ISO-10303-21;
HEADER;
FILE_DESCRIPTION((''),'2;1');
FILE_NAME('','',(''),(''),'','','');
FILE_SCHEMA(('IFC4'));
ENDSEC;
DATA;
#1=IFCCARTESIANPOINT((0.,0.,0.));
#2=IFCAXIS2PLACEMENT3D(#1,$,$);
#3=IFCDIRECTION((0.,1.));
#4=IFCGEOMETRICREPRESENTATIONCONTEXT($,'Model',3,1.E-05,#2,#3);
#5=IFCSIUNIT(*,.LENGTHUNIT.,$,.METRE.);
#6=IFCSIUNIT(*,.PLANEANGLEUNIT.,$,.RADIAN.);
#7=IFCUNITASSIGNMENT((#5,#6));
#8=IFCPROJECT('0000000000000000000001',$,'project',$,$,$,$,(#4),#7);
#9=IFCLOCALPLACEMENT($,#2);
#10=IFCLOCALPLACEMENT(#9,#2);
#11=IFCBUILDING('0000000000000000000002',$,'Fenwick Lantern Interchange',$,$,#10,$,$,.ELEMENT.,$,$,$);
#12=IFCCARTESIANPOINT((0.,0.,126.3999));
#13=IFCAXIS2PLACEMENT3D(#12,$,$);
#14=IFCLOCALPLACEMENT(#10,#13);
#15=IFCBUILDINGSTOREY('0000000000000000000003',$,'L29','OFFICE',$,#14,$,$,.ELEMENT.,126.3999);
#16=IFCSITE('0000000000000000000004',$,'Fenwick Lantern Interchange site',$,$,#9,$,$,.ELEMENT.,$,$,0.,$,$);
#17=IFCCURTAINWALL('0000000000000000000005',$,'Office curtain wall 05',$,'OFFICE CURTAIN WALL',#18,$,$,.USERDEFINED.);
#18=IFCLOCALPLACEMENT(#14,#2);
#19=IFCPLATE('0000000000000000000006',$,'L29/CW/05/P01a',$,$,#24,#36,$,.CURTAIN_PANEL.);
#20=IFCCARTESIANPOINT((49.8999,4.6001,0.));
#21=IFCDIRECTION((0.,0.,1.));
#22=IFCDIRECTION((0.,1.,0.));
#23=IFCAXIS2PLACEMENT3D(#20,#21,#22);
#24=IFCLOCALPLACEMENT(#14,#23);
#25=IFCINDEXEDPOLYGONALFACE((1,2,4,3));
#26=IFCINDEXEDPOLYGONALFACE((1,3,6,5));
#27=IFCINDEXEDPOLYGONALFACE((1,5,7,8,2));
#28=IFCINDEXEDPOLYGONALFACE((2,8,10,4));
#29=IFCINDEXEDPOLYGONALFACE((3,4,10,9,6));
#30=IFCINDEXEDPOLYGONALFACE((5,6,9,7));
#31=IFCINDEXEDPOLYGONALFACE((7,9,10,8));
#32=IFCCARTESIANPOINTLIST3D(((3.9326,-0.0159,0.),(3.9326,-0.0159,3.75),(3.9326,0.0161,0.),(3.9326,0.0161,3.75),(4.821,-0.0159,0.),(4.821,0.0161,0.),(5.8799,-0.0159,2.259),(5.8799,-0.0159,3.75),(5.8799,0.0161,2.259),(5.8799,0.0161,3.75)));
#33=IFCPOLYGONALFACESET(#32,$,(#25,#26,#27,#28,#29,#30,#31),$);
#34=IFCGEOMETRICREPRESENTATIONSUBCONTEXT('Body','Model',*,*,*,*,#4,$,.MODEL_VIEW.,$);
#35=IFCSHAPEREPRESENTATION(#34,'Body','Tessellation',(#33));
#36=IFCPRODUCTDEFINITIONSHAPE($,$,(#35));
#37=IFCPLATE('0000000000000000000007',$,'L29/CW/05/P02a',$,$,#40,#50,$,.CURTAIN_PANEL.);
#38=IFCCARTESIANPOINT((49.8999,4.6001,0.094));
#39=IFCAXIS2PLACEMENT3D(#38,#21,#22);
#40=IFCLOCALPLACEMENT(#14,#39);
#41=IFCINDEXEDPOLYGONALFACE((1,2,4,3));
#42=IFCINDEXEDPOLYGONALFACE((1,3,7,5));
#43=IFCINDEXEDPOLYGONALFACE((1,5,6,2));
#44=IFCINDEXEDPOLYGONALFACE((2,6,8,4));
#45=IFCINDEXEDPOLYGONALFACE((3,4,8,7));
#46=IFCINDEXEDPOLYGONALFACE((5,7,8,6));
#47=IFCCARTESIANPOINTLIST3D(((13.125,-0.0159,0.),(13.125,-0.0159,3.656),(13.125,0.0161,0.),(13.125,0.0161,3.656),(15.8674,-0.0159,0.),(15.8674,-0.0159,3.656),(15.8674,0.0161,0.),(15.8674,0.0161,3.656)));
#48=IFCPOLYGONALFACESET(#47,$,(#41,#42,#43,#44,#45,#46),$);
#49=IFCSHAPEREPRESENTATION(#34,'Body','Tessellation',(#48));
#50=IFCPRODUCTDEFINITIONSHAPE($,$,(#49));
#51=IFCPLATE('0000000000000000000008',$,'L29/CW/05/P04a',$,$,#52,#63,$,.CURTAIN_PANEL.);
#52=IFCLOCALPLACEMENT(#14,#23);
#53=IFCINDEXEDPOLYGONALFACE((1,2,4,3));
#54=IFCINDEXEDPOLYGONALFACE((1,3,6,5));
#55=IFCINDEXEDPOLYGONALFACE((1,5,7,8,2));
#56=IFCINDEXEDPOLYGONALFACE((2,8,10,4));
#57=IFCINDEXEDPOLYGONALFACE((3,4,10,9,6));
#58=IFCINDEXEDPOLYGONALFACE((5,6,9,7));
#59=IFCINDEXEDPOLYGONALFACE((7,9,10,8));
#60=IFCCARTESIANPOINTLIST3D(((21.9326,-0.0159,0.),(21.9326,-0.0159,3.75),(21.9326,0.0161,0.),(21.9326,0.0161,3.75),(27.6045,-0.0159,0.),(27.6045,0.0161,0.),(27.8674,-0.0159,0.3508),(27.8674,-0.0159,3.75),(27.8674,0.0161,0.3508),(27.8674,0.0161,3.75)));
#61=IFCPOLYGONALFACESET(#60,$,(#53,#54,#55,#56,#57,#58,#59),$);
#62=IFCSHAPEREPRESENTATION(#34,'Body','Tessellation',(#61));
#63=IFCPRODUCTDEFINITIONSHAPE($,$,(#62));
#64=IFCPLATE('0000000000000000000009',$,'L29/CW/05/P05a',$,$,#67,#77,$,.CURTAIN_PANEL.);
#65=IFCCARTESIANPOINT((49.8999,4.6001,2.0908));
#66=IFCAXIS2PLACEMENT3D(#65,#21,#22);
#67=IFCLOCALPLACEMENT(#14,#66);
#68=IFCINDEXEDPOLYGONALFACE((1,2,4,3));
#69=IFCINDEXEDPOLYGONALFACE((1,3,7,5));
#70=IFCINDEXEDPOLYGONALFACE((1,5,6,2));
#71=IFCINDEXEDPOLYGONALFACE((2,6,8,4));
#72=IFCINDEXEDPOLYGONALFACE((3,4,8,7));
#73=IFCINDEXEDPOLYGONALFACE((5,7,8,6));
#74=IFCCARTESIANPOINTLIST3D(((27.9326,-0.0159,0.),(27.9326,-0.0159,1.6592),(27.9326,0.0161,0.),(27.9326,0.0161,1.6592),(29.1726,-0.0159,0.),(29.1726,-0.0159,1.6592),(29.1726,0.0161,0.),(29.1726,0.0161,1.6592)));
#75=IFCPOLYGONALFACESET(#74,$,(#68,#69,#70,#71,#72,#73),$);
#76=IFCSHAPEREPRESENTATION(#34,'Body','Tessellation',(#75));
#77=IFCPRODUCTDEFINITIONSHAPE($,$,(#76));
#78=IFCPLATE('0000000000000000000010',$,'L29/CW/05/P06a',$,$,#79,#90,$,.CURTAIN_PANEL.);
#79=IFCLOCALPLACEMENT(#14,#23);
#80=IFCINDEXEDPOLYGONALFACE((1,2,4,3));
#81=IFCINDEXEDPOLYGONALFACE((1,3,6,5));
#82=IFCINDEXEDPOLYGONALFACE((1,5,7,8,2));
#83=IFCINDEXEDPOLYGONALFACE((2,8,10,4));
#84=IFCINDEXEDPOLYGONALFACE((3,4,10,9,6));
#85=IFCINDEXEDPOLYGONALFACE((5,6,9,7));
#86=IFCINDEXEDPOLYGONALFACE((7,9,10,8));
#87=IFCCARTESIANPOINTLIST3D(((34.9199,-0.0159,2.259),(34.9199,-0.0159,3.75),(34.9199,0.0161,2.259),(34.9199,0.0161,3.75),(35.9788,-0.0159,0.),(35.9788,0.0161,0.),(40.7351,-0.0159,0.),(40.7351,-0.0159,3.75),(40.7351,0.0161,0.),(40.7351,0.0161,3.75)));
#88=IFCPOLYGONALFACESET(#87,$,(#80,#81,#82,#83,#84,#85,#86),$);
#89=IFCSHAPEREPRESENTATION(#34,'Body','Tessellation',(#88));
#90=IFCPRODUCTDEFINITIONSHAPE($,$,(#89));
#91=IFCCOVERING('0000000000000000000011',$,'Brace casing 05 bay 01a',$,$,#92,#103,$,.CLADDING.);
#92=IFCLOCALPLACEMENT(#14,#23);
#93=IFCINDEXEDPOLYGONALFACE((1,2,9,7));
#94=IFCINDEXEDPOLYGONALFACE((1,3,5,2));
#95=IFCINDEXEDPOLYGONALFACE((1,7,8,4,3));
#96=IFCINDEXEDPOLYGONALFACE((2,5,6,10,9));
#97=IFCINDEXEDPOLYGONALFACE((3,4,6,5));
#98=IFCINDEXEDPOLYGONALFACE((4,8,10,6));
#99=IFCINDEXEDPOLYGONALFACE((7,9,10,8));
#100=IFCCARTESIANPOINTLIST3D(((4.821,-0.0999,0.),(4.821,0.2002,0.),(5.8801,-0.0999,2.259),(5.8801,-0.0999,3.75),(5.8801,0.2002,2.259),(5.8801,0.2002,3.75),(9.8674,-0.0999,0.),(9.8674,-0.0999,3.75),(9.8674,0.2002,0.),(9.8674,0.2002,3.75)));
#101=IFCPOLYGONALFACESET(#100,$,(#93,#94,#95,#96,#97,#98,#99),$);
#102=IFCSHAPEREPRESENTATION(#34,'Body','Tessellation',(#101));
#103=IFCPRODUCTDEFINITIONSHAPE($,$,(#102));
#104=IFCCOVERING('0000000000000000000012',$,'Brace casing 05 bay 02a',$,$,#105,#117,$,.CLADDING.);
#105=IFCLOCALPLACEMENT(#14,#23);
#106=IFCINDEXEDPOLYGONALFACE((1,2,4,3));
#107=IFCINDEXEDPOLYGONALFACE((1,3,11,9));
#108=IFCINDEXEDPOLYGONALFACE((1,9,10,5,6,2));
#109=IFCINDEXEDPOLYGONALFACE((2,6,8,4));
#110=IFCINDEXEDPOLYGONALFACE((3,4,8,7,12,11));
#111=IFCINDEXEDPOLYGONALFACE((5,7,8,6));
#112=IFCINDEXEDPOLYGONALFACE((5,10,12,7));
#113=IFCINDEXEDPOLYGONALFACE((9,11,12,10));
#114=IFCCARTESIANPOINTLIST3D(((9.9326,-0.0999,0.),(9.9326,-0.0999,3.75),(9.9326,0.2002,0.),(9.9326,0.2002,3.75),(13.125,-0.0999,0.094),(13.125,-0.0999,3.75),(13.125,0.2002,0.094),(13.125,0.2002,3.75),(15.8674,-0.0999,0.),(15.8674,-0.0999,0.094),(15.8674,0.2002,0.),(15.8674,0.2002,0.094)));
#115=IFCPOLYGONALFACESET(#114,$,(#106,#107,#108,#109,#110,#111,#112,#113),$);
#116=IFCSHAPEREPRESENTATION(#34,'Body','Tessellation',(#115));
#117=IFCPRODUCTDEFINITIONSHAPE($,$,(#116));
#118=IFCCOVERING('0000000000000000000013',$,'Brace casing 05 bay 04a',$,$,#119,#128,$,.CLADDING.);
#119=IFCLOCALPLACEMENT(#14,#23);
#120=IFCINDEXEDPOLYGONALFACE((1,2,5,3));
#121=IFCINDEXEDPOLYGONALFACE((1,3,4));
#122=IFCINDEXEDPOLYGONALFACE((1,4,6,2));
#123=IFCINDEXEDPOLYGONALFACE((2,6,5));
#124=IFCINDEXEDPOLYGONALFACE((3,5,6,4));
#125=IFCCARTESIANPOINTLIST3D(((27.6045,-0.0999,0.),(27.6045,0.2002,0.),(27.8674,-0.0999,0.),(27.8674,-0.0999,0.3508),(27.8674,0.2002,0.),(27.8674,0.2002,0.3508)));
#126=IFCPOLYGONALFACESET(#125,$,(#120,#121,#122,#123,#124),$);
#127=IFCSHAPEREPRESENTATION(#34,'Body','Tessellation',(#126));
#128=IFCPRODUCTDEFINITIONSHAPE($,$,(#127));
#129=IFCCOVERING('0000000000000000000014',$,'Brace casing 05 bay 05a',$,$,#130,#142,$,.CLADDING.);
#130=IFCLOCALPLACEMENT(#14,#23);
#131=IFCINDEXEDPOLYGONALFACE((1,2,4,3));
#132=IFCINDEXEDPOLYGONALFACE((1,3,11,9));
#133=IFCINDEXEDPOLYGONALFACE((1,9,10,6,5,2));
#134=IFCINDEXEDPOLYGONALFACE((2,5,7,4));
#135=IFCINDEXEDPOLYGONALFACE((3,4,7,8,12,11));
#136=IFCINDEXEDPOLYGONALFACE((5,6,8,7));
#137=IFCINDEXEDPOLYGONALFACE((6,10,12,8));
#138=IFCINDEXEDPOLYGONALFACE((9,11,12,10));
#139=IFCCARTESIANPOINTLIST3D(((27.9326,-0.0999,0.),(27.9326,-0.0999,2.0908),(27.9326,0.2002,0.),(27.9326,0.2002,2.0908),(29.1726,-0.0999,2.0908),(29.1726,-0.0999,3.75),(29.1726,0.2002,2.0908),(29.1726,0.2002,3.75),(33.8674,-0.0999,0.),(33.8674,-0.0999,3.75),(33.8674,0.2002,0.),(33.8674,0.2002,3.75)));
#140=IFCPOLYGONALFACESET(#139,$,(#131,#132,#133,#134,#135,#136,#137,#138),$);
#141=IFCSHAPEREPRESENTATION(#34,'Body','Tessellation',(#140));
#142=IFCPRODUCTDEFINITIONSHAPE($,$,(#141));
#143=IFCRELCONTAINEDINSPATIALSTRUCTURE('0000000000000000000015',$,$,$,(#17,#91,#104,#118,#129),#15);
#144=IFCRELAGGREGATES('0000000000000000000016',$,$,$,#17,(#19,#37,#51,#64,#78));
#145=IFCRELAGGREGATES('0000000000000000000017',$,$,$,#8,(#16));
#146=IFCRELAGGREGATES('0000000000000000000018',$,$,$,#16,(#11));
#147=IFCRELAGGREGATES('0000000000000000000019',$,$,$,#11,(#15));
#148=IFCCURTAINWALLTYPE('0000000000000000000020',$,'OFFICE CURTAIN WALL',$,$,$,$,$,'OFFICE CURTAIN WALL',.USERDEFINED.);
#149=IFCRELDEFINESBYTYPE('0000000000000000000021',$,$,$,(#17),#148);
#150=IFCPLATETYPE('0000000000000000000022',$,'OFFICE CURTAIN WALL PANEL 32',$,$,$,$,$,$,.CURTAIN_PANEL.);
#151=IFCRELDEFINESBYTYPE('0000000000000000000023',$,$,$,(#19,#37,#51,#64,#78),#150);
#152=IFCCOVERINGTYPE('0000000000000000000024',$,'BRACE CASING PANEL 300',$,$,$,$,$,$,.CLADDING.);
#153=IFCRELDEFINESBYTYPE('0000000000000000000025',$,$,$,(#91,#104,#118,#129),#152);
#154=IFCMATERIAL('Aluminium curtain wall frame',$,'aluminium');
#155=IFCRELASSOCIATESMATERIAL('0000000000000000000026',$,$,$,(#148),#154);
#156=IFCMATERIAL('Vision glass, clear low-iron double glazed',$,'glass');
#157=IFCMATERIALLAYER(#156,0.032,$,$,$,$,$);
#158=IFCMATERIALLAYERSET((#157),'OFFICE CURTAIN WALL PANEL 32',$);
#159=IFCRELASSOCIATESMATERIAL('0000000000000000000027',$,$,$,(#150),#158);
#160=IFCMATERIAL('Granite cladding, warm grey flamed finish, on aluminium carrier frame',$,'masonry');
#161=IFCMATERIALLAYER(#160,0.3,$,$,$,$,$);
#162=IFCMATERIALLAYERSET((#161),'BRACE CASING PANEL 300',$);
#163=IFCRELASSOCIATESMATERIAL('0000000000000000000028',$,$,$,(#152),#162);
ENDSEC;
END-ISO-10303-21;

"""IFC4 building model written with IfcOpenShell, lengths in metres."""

from ifc_helpers import new_model, si_unit, direction, frame, origin, place, context, subcontext, project, spatial, polyline, outline, extrude, material, layer, layer_set, type_object, element, aggregate, save


model = new_model("IFC4")

# Units and contexts
model_context = context("Model", 3, precision=1e-05, world=origin(), true_north=direction((0.0, 1.0)))
body_context = subcontext(model_context, "Body", "Model", "MODEL_VIEW")
ifc_project = project(units=[si_unit("LENGTHUNIT", "METRE"), si_unit("PLANEANGLEUNIT", "RADIAN")], contexts=[model_context])

# Site, building, storey
site_placement = place(None, origin())
site = spatial("IfcSite", under=ifc_project, at=site_placement, Name="Fenwick Lantern Interchange site", CompositionType="ELEMENT", RefElevation=0.0)
building_placement = place(site_placement, origin())
building = spatial("IfcBuilding", under=site, at=building_placement, Name="Fenwick Lantern Interchange", CompositionType="ELEMENT")
storey_placement = place(building_placement, frame((0.0, 0.0, 126.3999)))
storey = spatial("IfcBuildingStorey", under=building, at=storey_placement, Name="L29", Description="OFFICE", CompositionType="ELEMENT", Elevation=126.3999)

# Shared definitions
ifc_material_1 = material(Name="Aluminium curtain wall frame", Category="aluminium")
curtain_wall_type = type_object("IfcCurtainWallType", Name="OFFICE CURTAIN WALL", ElementType="OFFICE CURTAIN WALL", PredefinedType="USERDEFINED", material=ifc_material_1)

# Shared definitions
ifc_material_2 = material(Name="Vision glass, clear low-iron double glazed", Category="glass")
ifc_layer_1 = layer(ifc_material_2, 0.032)
ifc_layer_set_1 = layer_set([ifc_layer_1], Name="OFFICE CURTAIN WALL PANEL 32")
plate_type = type_object("IfcPlateType", Name="OFFICE CURTAIN WALL PANEL 32", PredefinedType="CURTAIN_PANEL", material=ifc_layer_set_1)

# Curtain wall, plates
curtain_wall_1_placement = place(storey_placement, origin())
curtain_wall_1 = element("IfcCurtainWall", 1, at=curtain_wall_1_placement, inside=storey, type_object=curtain_wall_type, Name="Office curtain wall 05", ObjectType="OFFICE CURTAIN WALL", PredefinedType="USERDEFINED")
plate_1_placement = place(storey_placement, frame((49.8999, 4.6001, 0.0), z_axis=(0.0, 0.0, 1.0), x_axis=(0.0, 1.0, 0.0)))
plate_1 = element("IfcPlate", 2, at=plate_1_placement, type_object=plate_type, Name="L29/CW/05/P01a", PredefinedType="CURTAIN_PANEL", context=body_context, shape_type="SweptSolid", body=[
    extrude(outline(polyline([(3.9326, 0.0), (4.821, 0.0), (5.8799, 2.259), (5.8799, 3.75), (3.9326, 3.75), (3.9326, 0.0)])), frame((0.0, 0.0161, 0.0), z_axis=(0.0, -1.0, 0.0), x_axis=(1.0, 0.0, 0.0)), (0.0, 0.0, 1.0), 0.032),
])
plate_2_placement = place(storey_placement, frame((49.8999, 4.6001, 0.094), z_axis=(0.0, 0.0, 1.0), x_axis=(0.0, 1.0, 0.0)))
plate_2 = element("IfcPlate", 3, at=plate_2_placement, type_object=plate_type, Name="L29/CW/05/P02a", PredefinedType="CURTAIN_PANEL", context=body_context, shape_type="SweptSolid", body=[
    extrude(outline(polyline([(13.125, 0.0), (15.8674, 0.0), (15.8674, 3.656), (13.125, 3.656), (13.125, 0.0)])), frame((0.0, 0.0161, 0.0), z_axis=(0.0, -1.0, 0.0), x_axis=(1.0, 0.0, 0.0)), (0.0, 0.0, 1.0), 0.032),
])
plate_3_placement = place(storey_placement, frame((49.8999, 4.6001, 0.0), z_axis=(0.0, 0.0, 1.0), x_axis=(0.0, 1.0, 0.0)))
plate_3 = element("IfcPlate", 4, at=plate_3_placement, type_object=plate_type, Name="L29/CW/05/P04a", PredefinedType="CURTAIN_PANEL", context=body_context, shape_type="SweptSolid", body=[
    extrude(outline(polyline([(21.9326, 0.0), (27.6045, 0.0), (27.8674, 0.3508), (27.8674, 3.75), (21.9326, 3.75), (21.9326, 0.0)])), frame((0.0, 0.0161, 0.0), z_axis=(0.0, -1.0, 0.0), x_axis=(1.0, 0.0, 0.0)), (0.0, 0.0, 1.0), 0.032),
])
plate_4_placement = place(storey_placement, frame((49.8999, 4.6001, 2.0908), z_axis=(0.0, 0.0, 1.0), x_axis=(0.0, 1.0, 0.0)))
plate_4 = element("IfcPlate", 5, at=plate_4_placement, type_object=plate_type, Name="L29/CW/05/P05a", PredefinedType="CURTAIN_PANEL", context=body_context, shape_type="SweptSolid", body=[
    extrude(outline(polyline([(27.9326, 0.0), (29.1726, 0.0), (29.1726, 1.6592), (27.9326, 1.6592), (27.9326, 0.0)])), frame((0.0, 0.0161, 0.0), z_axis=(0.0, -1.0, 0.0), x_axis=(1.0, 0.0, 0.0)), (0.0, 0.0, 1.0), 0.032),
])
plate_5_placement = place(storey_placement, frame((49.8999, 4.6001, 0.0), z_axis=(0.0, 0.0, 1.0), x_axis=(0.0, 1.0, 0.0)))
plate_5 = element("IfcPlate", 6, at=plate_5_placement, type_object=plate_type, Name="L29/CW/05/P06a", PredefinedType="CURTAIN_PANEL", context=body_context, shape_type="SweptSolid", body=[
    extrude(outline(polyline([(35.9788, 0.0), (40.7351, 0.0), (40.7351, 3.75), (34.9199, 3.75), (34.9199, 2.259), (35.9788, 0.0)])), frame((0.0, 0.0161, 0.0), z_axis=(0.0, -1.0, 0.0), x_axis=(1.0, 0.0, 0.0)), (0.0, 0.0, 1.0), 0.032),
])
aggregate(curtain_wall_1, [plate_1, plate_2, plate_3, plate_4, plate_5])

# Coverings
ifc_material_3 = material(Name="Granite cladding, warm grey flamed finish, on aluminium carrier frame", Category="masonry")
ifc_layer_2 = layer(ifc_material_3, 0.3)
ifc_layer_set_2 = layer_set([ifc_layer_2], Name="BRACE CASING PANEL 300")
covering_type = type_object("IfcCoveringType", Name="BRACE CASING PANEL 300", PredefinedType="CLADDING", material=ifc_layer_set_2)
covering_1_placement = place(storey_placement, frame((49.8999, 4.6001, 0.0), z_axis=(0.0, 0.0, 1.0), x_axis=(0.0, 1.0, 0.0)))
element("IfcCovering", 7, at=covering_1_placement, inside=storey, type_object=covering_type, Name="Brace casing 05 bay 01a", PredefinedType="CLADDING", context=body_context, shape_type="SweptSolid", body=[
    extrude(outline(polyline([(4.821, 0.0), (9.8674, 0.0), (9.8674, 3.75), (5.8801, 3.75), (5.8801, 2.259), (4.821, 0.0)])), frame((0.0, 0.2002, 0.0), z_axis=(0.0, -1.0, 0.0), x_axis=(1.0, 0.0, 0.0)), (0.0, 0.0, 1.0), 0.3),
])
covering_2_placement = place(storey_placement, frame((49.8999, 4.6001, 0.0), z_axis=(0.0, 0.0, 1.0), x_axis=(0.0, 1.0, 0.0)))
element("IfcCovering", 8, at=covering_2_placement, inside=storey, type_object=covering_type, Name="Brace casing 05 bay 02a", PredefinedType="CLADDING", context=body_context, shape_type="SweptSolid", body=[
    extrude(outline(polyline([(9.9326, 0.0), (15.8674, 0.0), (15.8674, 0.094), (13.125, 0.094), (13.125, 3.75), (9.9326, 3.75), (9.9326, 0.0)])), frame((0.0, 0.2002, 0.0), z_axis=(0.0, -1.0, 0.0), x_axis=(1.0, 0.0, 0.0)), (0.0, 0.0, 1.0), 0.3),
])
covering_3_placement = place(storey_placement, frame((49.8999, 4.6001, 0.0), z_axis=(0.0, 0.0, 1.0), x_axis=(0.0, 1.0, 0.0)))
element("IfcCovering", 9, at=covering_3_placement, inside=storey, type_object=covering_type, Name="Brace casing 05 bay 04a", PredefinedType="CLADDING", context=body_context, shape_type="SweptSolid", body=[
    extrude(outline(polyline([(27.6045, 0.0), (27.8674, 0.0), (27.8674, 0.3508), (27.6045, 0.0)])), frame((0.0, 0.2002, 0.0), z_axis=(0.0, -1.0, 0.0), x_axis=(1.0, 0.0, 0.0)), (0.0, 0.0, 1.0), 0.3),
])
covering_4_placement = place(storey_placement, frame((49.8999, 4.6001, 0.0), z_axis=(0.0, 0.0, 1.0), x_axis=(0.0, 1.0, 0.0)))
element("IfcCovering", 10, at=covering_4_placement, inside=storey, type_object=covering_type, Name="Brace casing 05 bay 05a", PredefinedType="CLADDING", context=body_context, shape_type="SweptSolid", body=[
    extrude(outline(polyline([(27.9326, 0.0), (33.8674, 0.0), (33.8674, 3.75), (29.1726, 3.75), (29.1726, 2.0908), (27.9326, 2.0908), (27.9326, 0.0)])), frame((0.0, 0.2002, 0.0), z_axis=(0.0, -1.0, 0.0), x_axis=(1.0, 0.0, 0.0)), (0.0, 0.0, 1.0), 0.3),
])

save(model, "model.ifc")
